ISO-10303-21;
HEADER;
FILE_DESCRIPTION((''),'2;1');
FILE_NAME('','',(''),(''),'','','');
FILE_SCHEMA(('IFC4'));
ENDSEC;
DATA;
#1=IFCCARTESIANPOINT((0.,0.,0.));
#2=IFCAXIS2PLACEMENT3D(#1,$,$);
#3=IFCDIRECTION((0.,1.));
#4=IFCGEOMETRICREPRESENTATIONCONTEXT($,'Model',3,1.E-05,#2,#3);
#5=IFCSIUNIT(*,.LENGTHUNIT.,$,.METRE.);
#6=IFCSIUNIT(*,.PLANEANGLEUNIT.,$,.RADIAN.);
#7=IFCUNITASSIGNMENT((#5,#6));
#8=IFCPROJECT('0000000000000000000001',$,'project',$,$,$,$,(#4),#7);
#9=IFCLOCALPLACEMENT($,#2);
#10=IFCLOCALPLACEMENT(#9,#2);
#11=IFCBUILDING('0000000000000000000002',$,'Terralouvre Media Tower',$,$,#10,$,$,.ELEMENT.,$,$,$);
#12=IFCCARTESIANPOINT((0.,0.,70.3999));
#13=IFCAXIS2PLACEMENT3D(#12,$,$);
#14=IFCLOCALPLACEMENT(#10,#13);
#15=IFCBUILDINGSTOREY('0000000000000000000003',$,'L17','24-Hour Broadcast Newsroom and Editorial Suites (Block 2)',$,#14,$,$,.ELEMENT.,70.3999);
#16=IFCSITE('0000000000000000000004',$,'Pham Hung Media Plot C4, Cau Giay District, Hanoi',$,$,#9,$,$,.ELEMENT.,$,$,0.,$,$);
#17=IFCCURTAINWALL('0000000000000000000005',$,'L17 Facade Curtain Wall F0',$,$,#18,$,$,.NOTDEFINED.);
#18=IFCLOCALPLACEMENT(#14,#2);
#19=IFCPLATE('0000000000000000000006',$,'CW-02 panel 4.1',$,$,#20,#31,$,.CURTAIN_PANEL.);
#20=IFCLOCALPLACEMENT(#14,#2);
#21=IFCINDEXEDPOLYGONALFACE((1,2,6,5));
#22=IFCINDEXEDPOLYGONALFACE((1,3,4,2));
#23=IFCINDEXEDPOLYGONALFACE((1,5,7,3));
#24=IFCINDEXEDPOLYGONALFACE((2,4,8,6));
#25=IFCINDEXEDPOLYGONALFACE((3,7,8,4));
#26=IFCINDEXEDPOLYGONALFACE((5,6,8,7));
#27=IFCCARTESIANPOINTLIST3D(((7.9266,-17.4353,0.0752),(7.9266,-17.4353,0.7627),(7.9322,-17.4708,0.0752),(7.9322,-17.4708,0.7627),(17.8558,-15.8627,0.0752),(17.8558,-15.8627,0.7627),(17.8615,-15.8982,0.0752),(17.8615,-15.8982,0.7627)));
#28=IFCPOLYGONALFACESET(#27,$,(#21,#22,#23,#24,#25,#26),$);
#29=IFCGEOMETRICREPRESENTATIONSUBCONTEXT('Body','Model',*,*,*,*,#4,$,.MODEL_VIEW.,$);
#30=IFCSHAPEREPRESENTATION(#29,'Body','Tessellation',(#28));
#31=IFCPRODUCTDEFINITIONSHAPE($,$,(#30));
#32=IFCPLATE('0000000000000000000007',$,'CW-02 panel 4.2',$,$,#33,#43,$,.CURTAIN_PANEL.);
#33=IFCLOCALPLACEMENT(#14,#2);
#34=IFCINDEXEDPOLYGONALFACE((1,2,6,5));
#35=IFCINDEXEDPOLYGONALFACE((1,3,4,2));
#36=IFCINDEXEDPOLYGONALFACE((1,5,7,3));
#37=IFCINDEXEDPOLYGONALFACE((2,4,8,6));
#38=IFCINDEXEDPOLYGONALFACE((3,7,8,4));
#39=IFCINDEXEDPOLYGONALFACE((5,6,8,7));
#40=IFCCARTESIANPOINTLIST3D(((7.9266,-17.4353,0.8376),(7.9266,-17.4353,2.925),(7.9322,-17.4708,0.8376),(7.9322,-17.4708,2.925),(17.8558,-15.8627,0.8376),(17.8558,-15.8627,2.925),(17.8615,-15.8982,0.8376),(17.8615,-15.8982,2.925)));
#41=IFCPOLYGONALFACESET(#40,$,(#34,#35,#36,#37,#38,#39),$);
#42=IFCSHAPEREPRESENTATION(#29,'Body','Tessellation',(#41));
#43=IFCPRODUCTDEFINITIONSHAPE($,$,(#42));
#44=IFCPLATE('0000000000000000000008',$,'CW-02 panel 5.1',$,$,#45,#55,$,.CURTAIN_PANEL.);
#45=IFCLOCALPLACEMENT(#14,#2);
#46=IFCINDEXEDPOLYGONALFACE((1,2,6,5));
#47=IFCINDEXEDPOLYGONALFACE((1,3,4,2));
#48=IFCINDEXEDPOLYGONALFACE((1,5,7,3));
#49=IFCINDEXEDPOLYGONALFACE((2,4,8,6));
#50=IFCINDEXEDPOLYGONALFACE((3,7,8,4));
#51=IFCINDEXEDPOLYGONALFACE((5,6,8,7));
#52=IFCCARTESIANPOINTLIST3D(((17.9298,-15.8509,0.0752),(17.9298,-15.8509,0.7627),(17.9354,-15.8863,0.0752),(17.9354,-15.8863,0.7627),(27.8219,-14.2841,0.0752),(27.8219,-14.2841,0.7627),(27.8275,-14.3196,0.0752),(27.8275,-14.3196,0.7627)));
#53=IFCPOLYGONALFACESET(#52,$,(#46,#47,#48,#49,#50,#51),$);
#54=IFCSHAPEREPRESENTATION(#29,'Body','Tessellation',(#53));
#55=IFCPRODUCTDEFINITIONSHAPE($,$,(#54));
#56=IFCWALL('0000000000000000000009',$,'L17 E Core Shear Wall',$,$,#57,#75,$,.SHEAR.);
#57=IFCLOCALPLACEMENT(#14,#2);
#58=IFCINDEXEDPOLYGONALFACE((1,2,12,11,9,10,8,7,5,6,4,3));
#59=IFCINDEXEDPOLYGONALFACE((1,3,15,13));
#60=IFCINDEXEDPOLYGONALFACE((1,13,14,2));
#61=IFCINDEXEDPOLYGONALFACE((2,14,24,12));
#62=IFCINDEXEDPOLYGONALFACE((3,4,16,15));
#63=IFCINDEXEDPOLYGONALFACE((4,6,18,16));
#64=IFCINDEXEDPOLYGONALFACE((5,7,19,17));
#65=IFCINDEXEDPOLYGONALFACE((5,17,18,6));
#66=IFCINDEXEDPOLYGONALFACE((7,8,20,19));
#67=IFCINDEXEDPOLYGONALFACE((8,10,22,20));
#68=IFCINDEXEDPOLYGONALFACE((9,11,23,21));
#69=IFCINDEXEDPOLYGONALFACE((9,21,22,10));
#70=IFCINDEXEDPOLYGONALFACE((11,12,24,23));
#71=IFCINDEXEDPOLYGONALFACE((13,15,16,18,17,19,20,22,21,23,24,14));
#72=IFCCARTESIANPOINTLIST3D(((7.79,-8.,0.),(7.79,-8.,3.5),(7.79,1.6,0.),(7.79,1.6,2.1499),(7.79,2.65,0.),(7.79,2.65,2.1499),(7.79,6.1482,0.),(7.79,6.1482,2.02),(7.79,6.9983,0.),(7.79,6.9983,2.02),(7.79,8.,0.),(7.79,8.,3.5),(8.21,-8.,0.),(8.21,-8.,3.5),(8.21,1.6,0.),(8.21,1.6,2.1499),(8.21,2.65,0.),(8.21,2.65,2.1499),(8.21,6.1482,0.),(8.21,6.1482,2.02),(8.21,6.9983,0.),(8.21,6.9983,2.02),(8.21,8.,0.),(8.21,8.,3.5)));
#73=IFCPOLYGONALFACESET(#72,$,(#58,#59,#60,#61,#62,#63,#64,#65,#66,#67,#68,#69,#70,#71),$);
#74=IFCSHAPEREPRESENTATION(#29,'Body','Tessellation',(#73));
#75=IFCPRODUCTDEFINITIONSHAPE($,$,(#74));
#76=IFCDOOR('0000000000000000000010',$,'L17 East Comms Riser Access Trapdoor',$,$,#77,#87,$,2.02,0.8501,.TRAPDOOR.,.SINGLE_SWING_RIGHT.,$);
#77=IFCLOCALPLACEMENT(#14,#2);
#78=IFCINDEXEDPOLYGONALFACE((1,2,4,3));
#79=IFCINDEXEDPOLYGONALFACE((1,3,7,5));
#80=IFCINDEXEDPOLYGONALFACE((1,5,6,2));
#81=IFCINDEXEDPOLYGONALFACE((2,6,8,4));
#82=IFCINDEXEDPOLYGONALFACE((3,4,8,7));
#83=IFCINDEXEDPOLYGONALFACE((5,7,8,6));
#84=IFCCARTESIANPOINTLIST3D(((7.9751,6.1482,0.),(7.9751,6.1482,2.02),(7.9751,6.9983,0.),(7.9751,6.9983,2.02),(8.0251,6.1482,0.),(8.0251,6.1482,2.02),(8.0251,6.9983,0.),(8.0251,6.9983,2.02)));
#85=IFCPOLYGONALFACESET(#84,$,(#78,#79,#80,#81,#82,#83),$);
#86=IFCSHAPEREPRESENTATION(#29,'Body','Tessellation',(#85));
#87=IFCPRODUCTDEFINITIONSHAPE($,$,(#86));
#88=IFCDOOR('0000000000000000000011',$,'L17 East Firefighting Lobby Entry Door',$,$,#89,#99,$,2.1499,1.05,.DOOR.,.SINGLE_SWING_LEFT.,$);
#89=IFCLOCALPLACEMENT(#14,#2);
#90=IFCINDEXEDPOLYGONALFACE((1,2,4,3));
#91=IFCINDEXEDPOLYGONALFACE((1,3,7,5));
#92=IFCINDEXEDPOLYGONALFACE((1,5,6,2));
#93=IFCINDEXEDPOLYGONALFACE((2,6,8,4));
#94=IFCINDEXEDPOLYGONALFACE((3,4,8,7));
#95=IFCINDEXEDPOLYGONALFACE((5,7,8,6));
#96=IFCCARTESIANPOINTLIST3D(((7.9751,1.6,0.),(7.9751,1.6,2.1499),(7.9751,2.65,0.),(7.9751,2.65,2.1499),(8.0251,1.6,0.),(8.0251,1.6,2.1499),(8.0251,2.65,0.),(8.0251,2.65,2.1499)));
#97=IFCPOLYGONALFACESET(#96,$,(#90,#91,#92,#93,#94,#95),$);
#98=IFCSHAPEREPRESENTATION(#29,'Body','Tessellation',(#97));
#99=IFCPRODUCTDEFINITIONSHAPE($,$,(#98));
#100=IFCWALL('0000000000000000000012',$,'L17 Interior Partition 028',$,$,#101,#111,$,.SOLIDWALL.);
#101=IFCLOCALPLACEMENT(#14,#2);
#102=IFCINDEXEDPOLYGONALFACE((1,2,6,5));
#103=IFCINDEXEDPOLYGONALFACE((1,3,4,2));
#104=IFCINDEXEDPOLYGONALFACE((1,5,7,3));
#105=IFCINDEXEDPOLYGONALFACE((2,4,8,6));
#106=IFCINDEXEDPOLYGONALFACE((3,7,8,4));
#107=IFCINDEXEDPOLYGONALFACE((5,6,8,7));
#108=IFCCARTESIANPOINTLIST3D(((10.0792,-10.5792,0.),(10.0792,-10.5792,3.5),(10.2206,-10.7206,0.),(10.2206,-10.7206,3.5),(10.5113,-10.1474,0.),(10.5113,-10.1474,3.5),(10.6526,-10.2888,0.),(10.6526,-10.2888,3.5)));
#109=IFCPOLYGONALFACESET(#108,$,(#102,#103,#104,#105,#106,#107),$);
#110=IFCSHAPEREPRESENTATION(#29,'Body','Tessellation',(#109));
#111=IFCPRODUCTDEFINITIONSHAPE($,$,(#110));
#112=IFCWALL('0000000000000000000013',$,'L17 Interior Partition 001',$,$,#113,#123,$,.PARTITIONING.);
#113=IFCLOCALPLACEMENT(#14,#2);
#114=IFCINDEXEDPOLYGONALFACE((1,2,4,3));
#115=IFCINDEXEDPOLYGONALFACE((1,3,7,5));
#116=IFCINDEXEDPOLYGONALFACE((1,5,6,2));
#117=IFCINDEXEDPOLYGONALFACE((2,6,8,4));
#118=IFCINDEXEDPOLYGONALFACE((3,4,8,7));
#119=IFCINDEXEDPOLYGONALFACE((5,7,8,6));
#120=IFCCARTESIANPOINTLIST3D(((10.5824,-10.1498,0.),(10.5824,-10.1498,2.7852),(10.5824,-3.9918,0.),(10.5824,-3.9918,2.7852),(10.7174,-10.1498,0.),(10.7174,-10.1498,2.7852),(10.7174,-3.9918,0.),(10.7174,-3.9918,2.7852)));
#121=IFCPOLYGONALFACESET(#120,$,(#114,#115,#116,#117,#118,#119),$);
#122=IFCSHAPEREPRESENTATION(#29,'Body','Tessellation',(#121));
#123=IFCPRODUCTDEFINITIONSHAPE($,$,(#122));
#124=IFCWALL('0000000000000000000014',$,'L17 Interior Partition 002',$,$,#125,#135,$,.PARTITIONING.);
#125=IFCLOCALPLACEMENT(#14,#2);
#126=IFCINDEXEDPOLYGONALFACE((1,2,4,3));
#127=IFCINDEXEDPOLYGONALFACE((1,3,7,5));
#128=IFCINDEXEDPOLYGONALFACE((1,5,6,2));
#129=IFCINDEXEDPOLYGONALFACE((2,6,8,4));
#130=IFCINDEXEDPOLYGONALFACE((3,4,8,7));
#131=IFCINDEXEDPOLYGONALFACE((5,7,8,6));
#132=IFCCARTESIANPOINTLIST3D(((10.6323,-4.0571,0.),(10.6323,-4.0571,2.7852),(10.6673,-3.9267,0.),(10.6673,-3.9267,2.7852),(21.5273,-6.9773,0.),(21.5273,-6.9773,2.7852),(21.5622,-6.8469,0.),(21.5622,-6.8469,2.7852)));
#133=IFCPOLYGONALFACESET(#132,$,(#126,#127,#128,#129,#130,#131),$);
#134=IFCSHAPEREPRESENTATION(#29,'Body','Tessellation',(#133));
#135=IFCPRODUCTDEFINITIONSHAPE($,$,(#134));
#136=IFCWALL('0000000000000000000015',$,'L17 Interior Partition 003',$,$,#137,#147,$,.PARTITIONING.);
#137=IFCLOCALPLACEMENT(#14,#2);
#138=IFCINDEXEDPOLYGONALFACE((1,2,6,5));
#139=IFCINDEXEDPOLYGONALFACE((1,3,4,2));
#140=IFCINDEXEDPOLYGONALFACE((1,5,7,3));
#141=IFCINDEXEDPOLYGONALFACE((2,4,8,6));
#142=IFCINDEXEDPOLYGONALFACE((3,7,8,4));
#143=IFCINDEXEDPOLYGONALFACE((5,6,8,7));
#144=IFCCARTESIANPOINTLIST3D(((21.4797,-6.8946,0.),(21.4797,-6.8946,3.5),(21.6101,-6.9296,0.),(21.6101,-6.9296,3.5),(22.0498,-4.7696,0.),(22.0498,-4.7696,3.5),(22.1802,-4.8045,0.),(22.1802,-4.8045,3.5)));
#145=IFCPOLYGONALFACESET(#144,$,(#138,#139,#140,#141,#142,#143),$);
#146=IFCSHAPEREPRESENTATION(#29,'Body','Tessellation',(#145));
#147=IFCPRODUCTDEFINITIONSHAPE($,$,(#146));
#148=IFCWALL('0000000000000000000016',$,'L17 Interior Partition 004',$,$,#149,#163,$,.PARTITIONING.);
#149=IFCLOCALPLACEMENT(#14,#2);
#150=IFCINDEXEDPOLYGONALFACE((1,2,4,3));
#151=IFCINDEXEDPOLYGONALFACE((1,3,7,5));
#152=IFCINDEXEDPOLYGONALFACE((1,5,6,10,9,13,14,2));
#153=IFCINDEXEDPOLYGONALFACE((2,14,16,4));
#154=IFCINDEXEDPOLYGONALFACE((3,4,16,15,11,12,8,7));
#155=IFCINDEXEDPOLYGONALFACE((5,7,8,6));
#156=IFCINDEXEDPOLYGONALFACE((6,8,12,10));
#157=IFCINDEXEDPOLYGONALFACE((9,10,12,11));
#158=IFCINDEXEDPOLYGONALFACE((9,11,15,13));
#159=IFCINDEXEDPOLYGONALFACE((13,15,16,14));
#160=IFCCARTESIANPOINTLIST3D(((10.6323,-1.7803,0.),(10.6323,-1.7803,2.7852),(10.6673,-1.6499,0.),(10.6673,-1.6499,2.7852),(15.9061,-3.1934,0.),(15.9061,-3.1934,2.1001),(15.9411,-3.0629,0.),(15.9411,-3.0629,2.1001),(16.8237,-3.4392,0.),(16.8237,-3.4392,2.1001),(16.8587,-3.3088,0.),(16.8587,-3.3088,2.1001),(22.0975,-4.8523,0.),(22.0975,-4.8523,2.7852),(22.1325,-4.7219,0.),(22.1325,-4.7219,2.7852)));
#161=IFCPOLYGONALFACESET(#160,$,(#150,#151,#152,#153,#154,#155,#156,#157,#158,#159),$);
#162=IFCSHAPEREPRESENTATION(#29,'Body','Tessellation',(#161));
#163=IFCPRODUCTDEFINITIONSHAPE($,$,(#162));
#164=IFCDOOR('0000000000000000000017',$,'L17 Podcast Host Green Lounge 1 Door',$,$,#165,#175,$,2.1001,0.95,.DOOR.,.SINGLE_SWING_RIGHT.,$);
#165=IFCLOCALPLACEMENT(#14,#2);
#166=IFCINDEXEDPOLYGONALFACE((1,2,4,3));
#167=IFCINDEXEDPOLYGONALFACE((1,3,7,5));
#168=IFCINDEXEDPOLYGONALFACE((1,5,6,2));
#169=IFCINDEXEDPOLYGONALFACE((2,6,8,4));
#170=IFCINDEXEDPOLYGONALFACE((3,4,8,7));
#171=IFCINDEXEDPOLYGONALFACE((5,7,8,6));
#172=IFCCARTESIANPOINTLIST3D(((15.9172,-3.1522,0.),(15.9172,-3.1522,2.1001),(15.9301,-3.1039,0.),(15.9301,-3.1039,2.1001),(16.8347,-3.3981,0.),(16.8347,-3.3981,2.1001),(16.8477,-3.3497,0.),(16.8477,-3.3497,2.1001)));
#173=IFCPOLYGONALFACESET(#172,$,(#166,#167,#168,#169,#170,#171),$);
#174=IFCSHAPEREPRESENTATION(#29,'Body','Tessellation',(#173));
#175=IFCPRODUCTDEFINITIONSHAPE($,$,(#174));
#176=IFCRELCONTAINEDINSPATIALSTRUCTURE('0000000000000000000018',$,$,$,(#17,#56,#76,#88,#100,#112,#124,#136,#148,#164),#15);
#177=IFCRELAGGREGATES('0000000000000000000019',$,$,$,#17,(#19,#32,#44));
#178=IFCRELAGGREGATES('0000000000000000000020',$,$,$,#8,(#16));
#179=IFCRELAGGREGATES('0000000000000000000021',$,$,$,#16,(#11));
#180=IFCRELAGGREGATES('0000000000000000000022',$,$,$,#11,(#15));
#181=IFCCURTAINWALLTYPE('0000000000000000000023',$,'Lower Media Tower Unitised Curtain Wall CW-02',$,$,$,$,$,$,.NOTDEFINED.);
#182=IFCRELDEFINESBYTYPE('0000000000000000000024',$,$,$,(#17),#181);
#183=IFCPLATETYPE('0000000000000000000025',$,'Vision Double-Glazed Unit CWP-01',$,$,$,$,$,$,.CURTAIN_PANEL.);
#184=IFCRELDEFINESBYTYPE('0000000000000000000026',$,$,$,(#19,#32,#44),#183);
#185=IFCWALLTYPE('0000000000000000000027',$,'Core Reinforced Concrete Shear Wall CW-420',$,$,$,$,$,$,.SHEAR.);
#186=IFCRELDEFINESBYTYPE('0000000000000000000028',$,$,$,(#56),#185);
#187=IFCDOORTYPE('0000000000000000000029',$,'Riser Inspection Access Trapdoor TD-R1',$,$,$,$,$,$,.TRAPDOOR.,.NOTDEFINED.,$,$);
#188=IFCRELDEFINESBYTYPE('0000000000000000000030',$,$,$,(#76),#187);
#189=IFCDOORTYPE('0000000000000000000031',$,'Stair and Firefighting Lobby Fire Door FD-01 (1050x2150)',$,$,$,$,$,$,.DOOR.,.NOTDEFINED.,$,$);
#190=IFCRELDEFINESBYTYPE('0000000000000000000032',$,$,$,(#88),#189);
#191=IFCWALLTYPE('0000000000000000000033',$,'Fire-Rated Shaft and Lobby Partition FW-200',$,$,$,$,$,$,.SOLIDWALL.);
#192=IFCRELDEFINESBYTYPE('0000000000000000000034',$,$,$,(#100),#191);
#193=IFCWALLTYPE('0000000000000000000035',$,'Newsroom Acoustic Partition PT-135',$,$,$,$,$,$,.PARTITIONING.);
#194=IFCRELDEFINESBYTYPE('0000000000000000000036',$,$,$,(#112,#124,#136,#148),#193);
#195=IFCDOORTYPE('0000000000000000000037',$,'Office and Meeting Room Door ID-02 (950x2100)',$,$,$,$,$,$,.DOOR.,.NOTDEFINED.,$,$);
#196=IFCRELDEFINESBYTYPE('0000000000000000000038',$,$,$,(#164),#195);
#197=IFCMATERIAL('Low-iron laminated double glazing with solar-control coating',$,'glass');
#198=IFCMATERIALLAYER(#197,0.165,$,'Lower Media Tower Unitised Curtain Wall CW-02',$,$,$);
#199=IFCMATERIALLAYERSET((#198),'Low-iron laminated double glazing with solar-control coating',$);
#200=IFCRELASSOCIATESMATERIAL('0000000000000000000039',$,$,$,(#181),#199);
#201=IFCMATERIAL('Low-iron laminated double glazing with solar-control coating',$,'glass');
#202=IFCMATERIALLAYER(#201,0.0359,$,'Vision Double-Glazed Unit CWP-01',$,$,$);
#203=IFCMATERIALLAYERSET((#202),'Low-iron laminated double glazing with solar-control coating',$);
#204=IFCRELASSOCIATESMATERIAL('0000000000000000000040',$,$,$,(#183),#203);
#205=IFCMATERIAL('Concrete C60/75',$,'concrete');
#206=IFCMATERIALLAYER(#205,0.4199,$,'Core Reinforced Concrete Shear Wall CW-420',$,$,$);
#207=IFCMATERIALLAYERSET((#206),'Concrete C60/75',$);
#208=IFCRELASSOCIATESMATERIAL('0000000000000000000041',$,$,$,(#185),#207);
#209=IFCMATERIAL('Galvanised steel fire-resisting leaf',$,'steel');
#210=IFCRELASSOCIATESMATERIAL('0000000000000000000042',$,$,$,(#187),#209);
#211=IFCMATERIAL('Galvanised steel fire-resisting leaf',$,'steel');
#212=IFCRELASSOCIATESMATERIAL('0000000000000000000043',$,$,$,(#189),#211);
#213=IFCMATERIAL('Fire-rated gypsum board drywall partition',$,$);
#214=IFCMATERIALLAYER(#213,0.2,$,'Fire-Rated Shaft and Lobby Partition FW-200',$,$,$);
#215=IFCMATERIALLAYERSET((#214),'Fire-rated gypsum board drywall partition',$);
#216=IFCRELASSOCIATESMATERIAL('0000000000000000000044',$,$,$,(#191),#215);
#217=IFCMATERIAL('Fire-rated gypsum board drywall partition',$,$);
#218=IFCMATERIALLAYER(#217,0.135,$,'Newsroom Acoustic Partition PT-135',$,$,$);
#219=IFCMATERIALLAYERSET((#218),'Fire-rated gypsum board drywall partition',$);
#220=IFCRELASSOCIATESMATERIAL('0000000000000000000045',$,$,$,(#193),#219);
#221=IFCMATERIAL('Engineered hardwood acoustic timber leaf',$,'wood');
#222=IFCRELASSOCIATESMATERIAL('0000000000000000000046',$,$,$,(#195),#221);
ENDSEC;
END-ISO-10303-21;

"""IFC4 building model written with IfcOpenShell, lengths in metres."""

from ifc_helpers import new_model, si_unit, direction, frame, frame_2d, origin, origin_2d, place, context, subcontext, project, spatial, rectangle, extrude, material, layer, layer_set, type_object, element, fill, aggregate, save


model = new_model("IFC4")

# Units and contexts
model_context = context("Model", 3, precision=1e-05, world=origin(), true_north=direction((0.0, 1.0)))
body_context = subcontext(model_context, "Body", "Model", "MODEL_VIEW")
ifc_project = project(units=[si_unit("LENGTHUNIT", "METRE"), si_unit("PLANEANGLEUNIT", "RADIAN")], contexts=[model_context])

# Site, building, storey
site_placement = place(None, origin())
site = spatial("IfcSite", under=ifc_project, at=site_placement, Name="Pham Hung Media Plot C4, Cau Giay District, Hanoi", CompositionType="ELEMENT", RefElevation=0.0)
building_placement = place(site_placement, origin())
building = spatial("IfcBuilding", under=site, at=building_placement, Name="Terralouvre Media Tower", CompositionType="ELEMENT")
storey_placement = place(building_placement, frame((0.0, 0.0, 70.3999)))
storey = spatial("IfcBuildingStorey", under=building, at=storey_placement, Name="L17", Description="24-Hour Broadcast Newsroom and Editorial Suites (Block 2)", CompositionType="ELEMENT", Elevation=70.3999)

# Curtain wall
ifc_material_1 = material(Name="Low-iron laminated double glazing with solar-control coating", Category="glass")
ifc_layer_1 = layer(ifc_material_1, 0.165, Name="Lower Media Tower Unitised Curtain Wall CW-02")
ifc_layer_set_1 = layer_set([ifc_layer_1], Name="Low-iron laminated double glazing with solar-control coating")
curtain_wall_type = type_object("IfcCurtainWallType", Name="Lower Media Tower Unitised Curtain Wall CW-02", PredefinedType="NOTDEFINED", material=ifc_layer_set_1)
curtain_wall_placement = place(storey_placement, origin())
curtain_wall = element("IfcCurtainWall", 1, at=curtain_wall_placement, inside=storey, type_object=curtain_wall_type, Name="L17 Facade Curtain Wall F0", PredefinedType="NOTDEFINED")

# Plates
ifc_material_2 = material(Name="Low-iron laminated double glazing with solar-control coating", Category="glass")
ifc_layer_2 = layer(ifc_material_2, 0.0359, Name="Vision Double-Glazed Unit CWP-01")
ifc_layer_set_2 = layer_set([ifc_layer_2], Name="Low-iron laminated double glazing with solar-control coating")
plate_type = type_object("IfcPlateType", Name="Vision Double-Glazed Unit CWP-01", PredefinedType="CURTAIN_PANEL", material=ifc_layer_set_2)
plate_1_placement = place(storey_placement, frame((12.894, -16.6667, 0.0752), z_axis=(0.0, 0.0, 1.0), x_axis=(0.987688, 0.156434, 0.0)))
plate_1 = element("IfcPlate", 2, at=plate_1_placement, type_object=plate_type, Name="CW-02 panel 4.1", PredefinedType="CURTAIN_PANEL", context=body_context, shape_type="SweptSolid", body=[
    extrude(rectangle(XDim=10.053, YDim=0.0359, at=origin_2d()), origin(), (0.0, 0.0, 1.0), 0.6875),
])
plate_2_placement = place(storey_placement, frame((12.894, -16.6667, 0.8376), z_axis=(0.0, 0.0, 1.0), x_axis=(0.987688, 0.156434, 0.0)))
plate_2 = element("IfcPlate", 3, at=plate_2_placement, type_object=plate_type, Name="CW-02 panel 4.2", PredefinedType="CURTAIN_PANEL", context=body_context, shape_type="SweptSolid", body=[
    extrude(rectangle(XDim=10.053, YDim=0.0359, at=origin_2d()), origin(), (0.0, 0.0, 1.0), 2.0874),
])
plate_3_placement = place(storey_placement, frame((22.8787, -15.0852, 0.0752), z_axis=(0.0, 0.0, 1.0), x_axis=(0.987688, 0.156434, 0.0)))
plate_3 = element("IfcPlate", 4, at=plate_3_placement, type_object=plate_type, Name="CW-02 panel 5.1", PredefinedType="CURTAIN_PANEL", context=body_context, shape_type="SweptSolid", body=[
    extrude(rectangle(XDim=10.0154, YDim=0.0359, at=origin_2d()), origin(), (0.0, 0.0, 1.0), 0.6875),
])
aggregate(curtain_wall, [plate_1, plate_2, plate_3])

# Wall, openings, doors
ifc_material_3 = material(Name="Concrete C60/75", Category="concrete")
ifc_layer_3 = layer(ifc_material_3, 0.4199, Name="Core Reinforced Concrete Shear Wall CW-420")
ifc_layer_set_3 = layer_set([ifc_layer_3], Name="Concrete C60/75")
wall_type_1 = type_object("IfcWallType", Name="Core Reinforced Concrete Shear Wall CW-420", PredefinedType="SHEAR", material=ifc_layer_set_3)
wall_1_placement = place(storey_placement, frame((8.0, -8.0, 0.0), z_axis=(0.0, 0.0, 1.0), x_axis=(0.0, 1.0, 0.0)))
wall_1 = element("IfcWall", 5, at=wall_1_placement, inside=storey, type_object=wall_type_1, Name="L17 E Core Shear Wall", PredefinedType="SHEAR", context=body_context, shape_type="SweptSolid", body=[
    extrude(rectangle(XDim=16.0, YDim=0.4199, at=frame_2d((8.0, 0.0))), origin(), (0.0, 0.0, 1.0), 3.5),
])
opening_1_placement = place(wall_1_placement, frame((9.6001, 0.0, 0.0)))
opening_1 = element("IfcOpeningElement", 6, at=opening_1_placement, cuts=wall_1, PredefinedType="OPENING", context=body_context, shape_type="SweptSolid", body=[
    extrude(rectangle(XDim=1.05, YDim=2.1499, at=frame_2d((0.5249, 1.075))), frame((0.0, 0.22, 0.0), z_axis=(0.0, -1.0, 0.0), x_axis=(1.0, 0.0, 0.0)), (0.0, 0.0, 1.0), 0.4399),
])
opening_2_placement = place(wall_1_placement, frame((14.1482, 0.0, 0.0)))
opening_2 = element("IfcOpeningElement", 7, at=opening_2_placement, cuts=wall_1, PredefinedType="OPENING", context=body_context, shape_type="SweptSolid", body=[
    extrude(rectangle(XDim=0.8501, YDim=2.02, at=frame_2d((0.425, 1.01))), frame((0.0, 0.22, 0.0), z_axis=(0.0, -1.0, 0.0), x_axis=(1.0, 0.0, 0.0)), (0.0, 0.0, 1.0), 0.4399),
])
ifc_material_4 = material(Name="Galvanised steel fire-resisting leaf", Category="steel")
door_type_1 = type_object("IfcDoorType", Name="Riser Inspection Access Trapdoor TD-R1", OperationType="NOTDEFINED", PredefinedType="TRAPDOOR", material=ifc_material_4)
door_1_placement = place(opening_2_placement, origin())
door_1 = element("IfcDoor", 8, at=door_1_placement, inside=storey, type_object=door_type_1, Name="L17 East Comms Riser Access Trapdoor", OperationType="SINGLE_SWING_RIGHT", OverallHeight=2.02, OverallWidth=0.8501, PredefinedType="TRAPDOOR", context=body_context, shape_type="SweptSolid", body=[
    extrude(rectangle(XDim=0.8501, YDim=2.02, at=frame_2d((0.425, 1.01))), frame((0.0, 0.0249, 0.0), z_axis=(0.0, -1.0, 0.0), x_axis=(1.0, 0.0, 0.0)), (0.0, 0.0, 1.0), 0.05),
])
fill(opening_2, door_1)
ifc_material_5 = material(Name="Galvanised steel fire-resisting leaf", Category="steel")
door_type_2 = type_object("IfcDoorType", Name="Stair and Firefighting Lobby Fire Door FD-01 (1050x2150)", OperationType="NOTDEFINED", PredefinedType="DOOR", material=ifc_material_5)
door_2_placement = place(opening_1_placement, origin())
door_2 = element("IfcDoor", 9, at=door_2_placement, inside=storey, type_object=door_type_2, Name="L17 East Firefighting Lobby Entry Door", OperationType="SINGLE_SWING_LEFT", OverallHeight=2.1499, OverallWidth=1.05, PredefinedType="DOOR", context=body_context, shape_type="SweptSolid", body=[
    extrude(rectangle(XDim=1.05, YDim=2.1499, at=frame_2d((0.5249, 1.075))), frame((0.0, 0.0249, 0.0), z_axis=(0.0, -1.0, 0.0), x_axis=(1.0, 0.0, 0.0)), (0.0, 0.0, 1.0), 0.05),
])
fill(opening_1, door_2)

# Walls
ifc_material_6 = material(Name="Fire-rated gypsum board drywall partition")
ifc_layer_4 = layer(ifc_material_6, 0.2, Name="Fire-Rated Shaft and Lobby Partition FW-200")
ifc_layer_set_4 = layer_set([ifc_layer_4], Name="Fire-rated gypsum board drywall partition")
wall_type_2 = type_object("IfcWallType", Name="Fire-Rated Shaft and Lobby Partition FW-200", PredefinedType="SOLIDWALL", material=ifc_layer_set_4)
wall_2_placement = place(storey_placement, frame((10.1499, -10.6499, 0.0), z_axis=(0.0, 0.0, 1.0), x_axis=(0.707307, 0.706907, 0.0)))
element("IfcWall", 10, at=wall_2_placement, inside=storey, type_object=wall_type_2, Name="L17 Interior Partition 028", PredefinedType="SOLIDWALL", context=body_context, shape_type="SweptSolid", body=[
    extrude(rectangle(XDim=0.6108, YDim=0.2, at=frame_2d((0.3054, 0.0))), origin(), (0.0, 0.0, 1.0), 3.5),
])
ifc_material_7 = material(Name="Fire-rated gypsum board drywall partition")
ifc_layer_5 = layer(ifc_material_7, 0.135, Name="Newsroom Acoustic Partition PT-135")
ifc_layer_set_5 = layer_set([ifc_layer_5], Name="Fire-rated gypsum board drywall partition")
wall_type_3 = type_object("IfcWallType", Name="Newsroom Acoustic Partition PT-135", PredefinedType="PARTITIONING", material=ifc_layer_set_5)
wall_3_placement = place(storey_placement, frame((10.6499, -10.1499, 0.0), z_axis=(0.0, 0.0, 1.0), x_axis=(0.0, 1.0, 0.0)))
element("IfcWall", 11, at=wall_3_placement, inside=storey, type_object=wall_type_3, Name="L17 Interior Partition 001", PredefinedType="PARTITIONING", context=body_context, shape_type="SweptSolid", body=[
    extrude(rectangle(XDim=6.158, YDim=0.135, at=frame_2d((3.0791, 0.0))), origin(), (0.0, 0.0, 1.0), 2.7852),
])
wall_4_placement = place(storey_placement, frame((10.6499, -3.9919, 0.0), z_axis=(0.0, 0.0, 1.0), x_axis=(0.965907, -0.25889, 0.0)))
element("IfcWall", 12, at=wall_4_placement, inside=storey, type_object=wall_type_3, Name="L17 Interior Partition 002", PredefinedType="PARTITIONING", context=body_context, shape_type="SweptSolid", body=[
    extrude(rectangle(XDim=11.2795, YDim=0.135, at=frame_2d((5.6396, 0.0))), origin(), (0.0, 0.0, 1.0), 2.7852),
])
wall_5_placement = place(storey_placement, frame((21.5449, -6.9121, 0.0), z_axis=(0.0, 0.0, 1.0), x_axis=(0.259106, 0.965849, 0.0)))
element("IfcWall", 13, at=wall_5_placement, inside=storey, type_object=wall_type_3, Name="L17 Interior Partition 003", PredefinedType="PARTITIONING", context=body_context, shape_type="SweptSolid", body=[
    extrude(rectangle(XDim=2.2002, YDim=0.135, at=frame_2d((1.1001, 0.0))), origin(), (0.0, 0.0, 1.0), 3.5),
])

# Wall, opening, door
wall_6_placement = place(storey_placement, frame((22.115, -4.7871, 0.0), z_axis=(0.0, 0.0, 1.0), x_axis=(-0.965927, 0.258816, 0.0)))
wall_6 = element("IfcWall", 14, at=wall_6_placement, inside=storey, type_object=wall_type_3, Name="L17 Interior Partition 004", PredefinedType="PARTITIONING", context=body_context, shape_type="SweptSolid", body=[
    extrude(rectangle(XDim=11.8696, YDim=0.135, at=frame_2d((5.9348, 0.0))), origin(), (0.0, 0.0, 1.0), 2.7852),
])
opening_3_placement = place(wall_6_placement, frame((5.4597, 0.0, 0.0)))
opening_3 = element("IfcOpeningElement", 15, at=opening_3_placement, cuts=wall_6, PredefinedType="OPENING", context=body_context, shape_type="SweptSolid", body=[
    extrude(rectangle(XDim=0.95, YDim=2.1001, at=frame_2d((0.4751, 1.05))), frame((0.0, 0.0774, 0.0), z_axis=(0.0, -1.0, 0.0), x_axis=(1.0, 0.0, 0.0)), (0.0, 0.0, 1.0), 0.155),
])
ifc_material_8 = material(Name="Engineered hardwood acoustic timber leaf", Category="wood")
door_type_3 = type_object("IfcDoorType", Name="Office and Meeting Room Door ID-02 (950x2100)", OperationType="NOTDEFINED", PredefinedType="DOOR", material=ifc_material_8)
door_3_placement = place(opening_3_placement, origin())
door_3 = element("IfcDoor", 16, at=door_3_placement, inside=storey, type_object=door_type_3, Name="L17 Podcast Host Green Lounge 1 Door", OperationType="SINGLE_SWING_RIGHT", OverallHeight=2.1001, OverallWidth=0.95, PredefinedType="DOOR", context=body_context, shape_type="SweptSolid", body=[
    extrude(rectangle(XDim=0.95, YDim=2.1001, at=frame_2d((0.4751, 1.05))), frame((0.0, 0.0249, 0.0), z_axis=(0.0, -1.0, 0.0), x_axis=(1.0, 0.0, 0.0)), (0.0, 0.0, 1.0), 0.05),
])
fill(opening_3, door_3)

save(model, "model.ifc")
